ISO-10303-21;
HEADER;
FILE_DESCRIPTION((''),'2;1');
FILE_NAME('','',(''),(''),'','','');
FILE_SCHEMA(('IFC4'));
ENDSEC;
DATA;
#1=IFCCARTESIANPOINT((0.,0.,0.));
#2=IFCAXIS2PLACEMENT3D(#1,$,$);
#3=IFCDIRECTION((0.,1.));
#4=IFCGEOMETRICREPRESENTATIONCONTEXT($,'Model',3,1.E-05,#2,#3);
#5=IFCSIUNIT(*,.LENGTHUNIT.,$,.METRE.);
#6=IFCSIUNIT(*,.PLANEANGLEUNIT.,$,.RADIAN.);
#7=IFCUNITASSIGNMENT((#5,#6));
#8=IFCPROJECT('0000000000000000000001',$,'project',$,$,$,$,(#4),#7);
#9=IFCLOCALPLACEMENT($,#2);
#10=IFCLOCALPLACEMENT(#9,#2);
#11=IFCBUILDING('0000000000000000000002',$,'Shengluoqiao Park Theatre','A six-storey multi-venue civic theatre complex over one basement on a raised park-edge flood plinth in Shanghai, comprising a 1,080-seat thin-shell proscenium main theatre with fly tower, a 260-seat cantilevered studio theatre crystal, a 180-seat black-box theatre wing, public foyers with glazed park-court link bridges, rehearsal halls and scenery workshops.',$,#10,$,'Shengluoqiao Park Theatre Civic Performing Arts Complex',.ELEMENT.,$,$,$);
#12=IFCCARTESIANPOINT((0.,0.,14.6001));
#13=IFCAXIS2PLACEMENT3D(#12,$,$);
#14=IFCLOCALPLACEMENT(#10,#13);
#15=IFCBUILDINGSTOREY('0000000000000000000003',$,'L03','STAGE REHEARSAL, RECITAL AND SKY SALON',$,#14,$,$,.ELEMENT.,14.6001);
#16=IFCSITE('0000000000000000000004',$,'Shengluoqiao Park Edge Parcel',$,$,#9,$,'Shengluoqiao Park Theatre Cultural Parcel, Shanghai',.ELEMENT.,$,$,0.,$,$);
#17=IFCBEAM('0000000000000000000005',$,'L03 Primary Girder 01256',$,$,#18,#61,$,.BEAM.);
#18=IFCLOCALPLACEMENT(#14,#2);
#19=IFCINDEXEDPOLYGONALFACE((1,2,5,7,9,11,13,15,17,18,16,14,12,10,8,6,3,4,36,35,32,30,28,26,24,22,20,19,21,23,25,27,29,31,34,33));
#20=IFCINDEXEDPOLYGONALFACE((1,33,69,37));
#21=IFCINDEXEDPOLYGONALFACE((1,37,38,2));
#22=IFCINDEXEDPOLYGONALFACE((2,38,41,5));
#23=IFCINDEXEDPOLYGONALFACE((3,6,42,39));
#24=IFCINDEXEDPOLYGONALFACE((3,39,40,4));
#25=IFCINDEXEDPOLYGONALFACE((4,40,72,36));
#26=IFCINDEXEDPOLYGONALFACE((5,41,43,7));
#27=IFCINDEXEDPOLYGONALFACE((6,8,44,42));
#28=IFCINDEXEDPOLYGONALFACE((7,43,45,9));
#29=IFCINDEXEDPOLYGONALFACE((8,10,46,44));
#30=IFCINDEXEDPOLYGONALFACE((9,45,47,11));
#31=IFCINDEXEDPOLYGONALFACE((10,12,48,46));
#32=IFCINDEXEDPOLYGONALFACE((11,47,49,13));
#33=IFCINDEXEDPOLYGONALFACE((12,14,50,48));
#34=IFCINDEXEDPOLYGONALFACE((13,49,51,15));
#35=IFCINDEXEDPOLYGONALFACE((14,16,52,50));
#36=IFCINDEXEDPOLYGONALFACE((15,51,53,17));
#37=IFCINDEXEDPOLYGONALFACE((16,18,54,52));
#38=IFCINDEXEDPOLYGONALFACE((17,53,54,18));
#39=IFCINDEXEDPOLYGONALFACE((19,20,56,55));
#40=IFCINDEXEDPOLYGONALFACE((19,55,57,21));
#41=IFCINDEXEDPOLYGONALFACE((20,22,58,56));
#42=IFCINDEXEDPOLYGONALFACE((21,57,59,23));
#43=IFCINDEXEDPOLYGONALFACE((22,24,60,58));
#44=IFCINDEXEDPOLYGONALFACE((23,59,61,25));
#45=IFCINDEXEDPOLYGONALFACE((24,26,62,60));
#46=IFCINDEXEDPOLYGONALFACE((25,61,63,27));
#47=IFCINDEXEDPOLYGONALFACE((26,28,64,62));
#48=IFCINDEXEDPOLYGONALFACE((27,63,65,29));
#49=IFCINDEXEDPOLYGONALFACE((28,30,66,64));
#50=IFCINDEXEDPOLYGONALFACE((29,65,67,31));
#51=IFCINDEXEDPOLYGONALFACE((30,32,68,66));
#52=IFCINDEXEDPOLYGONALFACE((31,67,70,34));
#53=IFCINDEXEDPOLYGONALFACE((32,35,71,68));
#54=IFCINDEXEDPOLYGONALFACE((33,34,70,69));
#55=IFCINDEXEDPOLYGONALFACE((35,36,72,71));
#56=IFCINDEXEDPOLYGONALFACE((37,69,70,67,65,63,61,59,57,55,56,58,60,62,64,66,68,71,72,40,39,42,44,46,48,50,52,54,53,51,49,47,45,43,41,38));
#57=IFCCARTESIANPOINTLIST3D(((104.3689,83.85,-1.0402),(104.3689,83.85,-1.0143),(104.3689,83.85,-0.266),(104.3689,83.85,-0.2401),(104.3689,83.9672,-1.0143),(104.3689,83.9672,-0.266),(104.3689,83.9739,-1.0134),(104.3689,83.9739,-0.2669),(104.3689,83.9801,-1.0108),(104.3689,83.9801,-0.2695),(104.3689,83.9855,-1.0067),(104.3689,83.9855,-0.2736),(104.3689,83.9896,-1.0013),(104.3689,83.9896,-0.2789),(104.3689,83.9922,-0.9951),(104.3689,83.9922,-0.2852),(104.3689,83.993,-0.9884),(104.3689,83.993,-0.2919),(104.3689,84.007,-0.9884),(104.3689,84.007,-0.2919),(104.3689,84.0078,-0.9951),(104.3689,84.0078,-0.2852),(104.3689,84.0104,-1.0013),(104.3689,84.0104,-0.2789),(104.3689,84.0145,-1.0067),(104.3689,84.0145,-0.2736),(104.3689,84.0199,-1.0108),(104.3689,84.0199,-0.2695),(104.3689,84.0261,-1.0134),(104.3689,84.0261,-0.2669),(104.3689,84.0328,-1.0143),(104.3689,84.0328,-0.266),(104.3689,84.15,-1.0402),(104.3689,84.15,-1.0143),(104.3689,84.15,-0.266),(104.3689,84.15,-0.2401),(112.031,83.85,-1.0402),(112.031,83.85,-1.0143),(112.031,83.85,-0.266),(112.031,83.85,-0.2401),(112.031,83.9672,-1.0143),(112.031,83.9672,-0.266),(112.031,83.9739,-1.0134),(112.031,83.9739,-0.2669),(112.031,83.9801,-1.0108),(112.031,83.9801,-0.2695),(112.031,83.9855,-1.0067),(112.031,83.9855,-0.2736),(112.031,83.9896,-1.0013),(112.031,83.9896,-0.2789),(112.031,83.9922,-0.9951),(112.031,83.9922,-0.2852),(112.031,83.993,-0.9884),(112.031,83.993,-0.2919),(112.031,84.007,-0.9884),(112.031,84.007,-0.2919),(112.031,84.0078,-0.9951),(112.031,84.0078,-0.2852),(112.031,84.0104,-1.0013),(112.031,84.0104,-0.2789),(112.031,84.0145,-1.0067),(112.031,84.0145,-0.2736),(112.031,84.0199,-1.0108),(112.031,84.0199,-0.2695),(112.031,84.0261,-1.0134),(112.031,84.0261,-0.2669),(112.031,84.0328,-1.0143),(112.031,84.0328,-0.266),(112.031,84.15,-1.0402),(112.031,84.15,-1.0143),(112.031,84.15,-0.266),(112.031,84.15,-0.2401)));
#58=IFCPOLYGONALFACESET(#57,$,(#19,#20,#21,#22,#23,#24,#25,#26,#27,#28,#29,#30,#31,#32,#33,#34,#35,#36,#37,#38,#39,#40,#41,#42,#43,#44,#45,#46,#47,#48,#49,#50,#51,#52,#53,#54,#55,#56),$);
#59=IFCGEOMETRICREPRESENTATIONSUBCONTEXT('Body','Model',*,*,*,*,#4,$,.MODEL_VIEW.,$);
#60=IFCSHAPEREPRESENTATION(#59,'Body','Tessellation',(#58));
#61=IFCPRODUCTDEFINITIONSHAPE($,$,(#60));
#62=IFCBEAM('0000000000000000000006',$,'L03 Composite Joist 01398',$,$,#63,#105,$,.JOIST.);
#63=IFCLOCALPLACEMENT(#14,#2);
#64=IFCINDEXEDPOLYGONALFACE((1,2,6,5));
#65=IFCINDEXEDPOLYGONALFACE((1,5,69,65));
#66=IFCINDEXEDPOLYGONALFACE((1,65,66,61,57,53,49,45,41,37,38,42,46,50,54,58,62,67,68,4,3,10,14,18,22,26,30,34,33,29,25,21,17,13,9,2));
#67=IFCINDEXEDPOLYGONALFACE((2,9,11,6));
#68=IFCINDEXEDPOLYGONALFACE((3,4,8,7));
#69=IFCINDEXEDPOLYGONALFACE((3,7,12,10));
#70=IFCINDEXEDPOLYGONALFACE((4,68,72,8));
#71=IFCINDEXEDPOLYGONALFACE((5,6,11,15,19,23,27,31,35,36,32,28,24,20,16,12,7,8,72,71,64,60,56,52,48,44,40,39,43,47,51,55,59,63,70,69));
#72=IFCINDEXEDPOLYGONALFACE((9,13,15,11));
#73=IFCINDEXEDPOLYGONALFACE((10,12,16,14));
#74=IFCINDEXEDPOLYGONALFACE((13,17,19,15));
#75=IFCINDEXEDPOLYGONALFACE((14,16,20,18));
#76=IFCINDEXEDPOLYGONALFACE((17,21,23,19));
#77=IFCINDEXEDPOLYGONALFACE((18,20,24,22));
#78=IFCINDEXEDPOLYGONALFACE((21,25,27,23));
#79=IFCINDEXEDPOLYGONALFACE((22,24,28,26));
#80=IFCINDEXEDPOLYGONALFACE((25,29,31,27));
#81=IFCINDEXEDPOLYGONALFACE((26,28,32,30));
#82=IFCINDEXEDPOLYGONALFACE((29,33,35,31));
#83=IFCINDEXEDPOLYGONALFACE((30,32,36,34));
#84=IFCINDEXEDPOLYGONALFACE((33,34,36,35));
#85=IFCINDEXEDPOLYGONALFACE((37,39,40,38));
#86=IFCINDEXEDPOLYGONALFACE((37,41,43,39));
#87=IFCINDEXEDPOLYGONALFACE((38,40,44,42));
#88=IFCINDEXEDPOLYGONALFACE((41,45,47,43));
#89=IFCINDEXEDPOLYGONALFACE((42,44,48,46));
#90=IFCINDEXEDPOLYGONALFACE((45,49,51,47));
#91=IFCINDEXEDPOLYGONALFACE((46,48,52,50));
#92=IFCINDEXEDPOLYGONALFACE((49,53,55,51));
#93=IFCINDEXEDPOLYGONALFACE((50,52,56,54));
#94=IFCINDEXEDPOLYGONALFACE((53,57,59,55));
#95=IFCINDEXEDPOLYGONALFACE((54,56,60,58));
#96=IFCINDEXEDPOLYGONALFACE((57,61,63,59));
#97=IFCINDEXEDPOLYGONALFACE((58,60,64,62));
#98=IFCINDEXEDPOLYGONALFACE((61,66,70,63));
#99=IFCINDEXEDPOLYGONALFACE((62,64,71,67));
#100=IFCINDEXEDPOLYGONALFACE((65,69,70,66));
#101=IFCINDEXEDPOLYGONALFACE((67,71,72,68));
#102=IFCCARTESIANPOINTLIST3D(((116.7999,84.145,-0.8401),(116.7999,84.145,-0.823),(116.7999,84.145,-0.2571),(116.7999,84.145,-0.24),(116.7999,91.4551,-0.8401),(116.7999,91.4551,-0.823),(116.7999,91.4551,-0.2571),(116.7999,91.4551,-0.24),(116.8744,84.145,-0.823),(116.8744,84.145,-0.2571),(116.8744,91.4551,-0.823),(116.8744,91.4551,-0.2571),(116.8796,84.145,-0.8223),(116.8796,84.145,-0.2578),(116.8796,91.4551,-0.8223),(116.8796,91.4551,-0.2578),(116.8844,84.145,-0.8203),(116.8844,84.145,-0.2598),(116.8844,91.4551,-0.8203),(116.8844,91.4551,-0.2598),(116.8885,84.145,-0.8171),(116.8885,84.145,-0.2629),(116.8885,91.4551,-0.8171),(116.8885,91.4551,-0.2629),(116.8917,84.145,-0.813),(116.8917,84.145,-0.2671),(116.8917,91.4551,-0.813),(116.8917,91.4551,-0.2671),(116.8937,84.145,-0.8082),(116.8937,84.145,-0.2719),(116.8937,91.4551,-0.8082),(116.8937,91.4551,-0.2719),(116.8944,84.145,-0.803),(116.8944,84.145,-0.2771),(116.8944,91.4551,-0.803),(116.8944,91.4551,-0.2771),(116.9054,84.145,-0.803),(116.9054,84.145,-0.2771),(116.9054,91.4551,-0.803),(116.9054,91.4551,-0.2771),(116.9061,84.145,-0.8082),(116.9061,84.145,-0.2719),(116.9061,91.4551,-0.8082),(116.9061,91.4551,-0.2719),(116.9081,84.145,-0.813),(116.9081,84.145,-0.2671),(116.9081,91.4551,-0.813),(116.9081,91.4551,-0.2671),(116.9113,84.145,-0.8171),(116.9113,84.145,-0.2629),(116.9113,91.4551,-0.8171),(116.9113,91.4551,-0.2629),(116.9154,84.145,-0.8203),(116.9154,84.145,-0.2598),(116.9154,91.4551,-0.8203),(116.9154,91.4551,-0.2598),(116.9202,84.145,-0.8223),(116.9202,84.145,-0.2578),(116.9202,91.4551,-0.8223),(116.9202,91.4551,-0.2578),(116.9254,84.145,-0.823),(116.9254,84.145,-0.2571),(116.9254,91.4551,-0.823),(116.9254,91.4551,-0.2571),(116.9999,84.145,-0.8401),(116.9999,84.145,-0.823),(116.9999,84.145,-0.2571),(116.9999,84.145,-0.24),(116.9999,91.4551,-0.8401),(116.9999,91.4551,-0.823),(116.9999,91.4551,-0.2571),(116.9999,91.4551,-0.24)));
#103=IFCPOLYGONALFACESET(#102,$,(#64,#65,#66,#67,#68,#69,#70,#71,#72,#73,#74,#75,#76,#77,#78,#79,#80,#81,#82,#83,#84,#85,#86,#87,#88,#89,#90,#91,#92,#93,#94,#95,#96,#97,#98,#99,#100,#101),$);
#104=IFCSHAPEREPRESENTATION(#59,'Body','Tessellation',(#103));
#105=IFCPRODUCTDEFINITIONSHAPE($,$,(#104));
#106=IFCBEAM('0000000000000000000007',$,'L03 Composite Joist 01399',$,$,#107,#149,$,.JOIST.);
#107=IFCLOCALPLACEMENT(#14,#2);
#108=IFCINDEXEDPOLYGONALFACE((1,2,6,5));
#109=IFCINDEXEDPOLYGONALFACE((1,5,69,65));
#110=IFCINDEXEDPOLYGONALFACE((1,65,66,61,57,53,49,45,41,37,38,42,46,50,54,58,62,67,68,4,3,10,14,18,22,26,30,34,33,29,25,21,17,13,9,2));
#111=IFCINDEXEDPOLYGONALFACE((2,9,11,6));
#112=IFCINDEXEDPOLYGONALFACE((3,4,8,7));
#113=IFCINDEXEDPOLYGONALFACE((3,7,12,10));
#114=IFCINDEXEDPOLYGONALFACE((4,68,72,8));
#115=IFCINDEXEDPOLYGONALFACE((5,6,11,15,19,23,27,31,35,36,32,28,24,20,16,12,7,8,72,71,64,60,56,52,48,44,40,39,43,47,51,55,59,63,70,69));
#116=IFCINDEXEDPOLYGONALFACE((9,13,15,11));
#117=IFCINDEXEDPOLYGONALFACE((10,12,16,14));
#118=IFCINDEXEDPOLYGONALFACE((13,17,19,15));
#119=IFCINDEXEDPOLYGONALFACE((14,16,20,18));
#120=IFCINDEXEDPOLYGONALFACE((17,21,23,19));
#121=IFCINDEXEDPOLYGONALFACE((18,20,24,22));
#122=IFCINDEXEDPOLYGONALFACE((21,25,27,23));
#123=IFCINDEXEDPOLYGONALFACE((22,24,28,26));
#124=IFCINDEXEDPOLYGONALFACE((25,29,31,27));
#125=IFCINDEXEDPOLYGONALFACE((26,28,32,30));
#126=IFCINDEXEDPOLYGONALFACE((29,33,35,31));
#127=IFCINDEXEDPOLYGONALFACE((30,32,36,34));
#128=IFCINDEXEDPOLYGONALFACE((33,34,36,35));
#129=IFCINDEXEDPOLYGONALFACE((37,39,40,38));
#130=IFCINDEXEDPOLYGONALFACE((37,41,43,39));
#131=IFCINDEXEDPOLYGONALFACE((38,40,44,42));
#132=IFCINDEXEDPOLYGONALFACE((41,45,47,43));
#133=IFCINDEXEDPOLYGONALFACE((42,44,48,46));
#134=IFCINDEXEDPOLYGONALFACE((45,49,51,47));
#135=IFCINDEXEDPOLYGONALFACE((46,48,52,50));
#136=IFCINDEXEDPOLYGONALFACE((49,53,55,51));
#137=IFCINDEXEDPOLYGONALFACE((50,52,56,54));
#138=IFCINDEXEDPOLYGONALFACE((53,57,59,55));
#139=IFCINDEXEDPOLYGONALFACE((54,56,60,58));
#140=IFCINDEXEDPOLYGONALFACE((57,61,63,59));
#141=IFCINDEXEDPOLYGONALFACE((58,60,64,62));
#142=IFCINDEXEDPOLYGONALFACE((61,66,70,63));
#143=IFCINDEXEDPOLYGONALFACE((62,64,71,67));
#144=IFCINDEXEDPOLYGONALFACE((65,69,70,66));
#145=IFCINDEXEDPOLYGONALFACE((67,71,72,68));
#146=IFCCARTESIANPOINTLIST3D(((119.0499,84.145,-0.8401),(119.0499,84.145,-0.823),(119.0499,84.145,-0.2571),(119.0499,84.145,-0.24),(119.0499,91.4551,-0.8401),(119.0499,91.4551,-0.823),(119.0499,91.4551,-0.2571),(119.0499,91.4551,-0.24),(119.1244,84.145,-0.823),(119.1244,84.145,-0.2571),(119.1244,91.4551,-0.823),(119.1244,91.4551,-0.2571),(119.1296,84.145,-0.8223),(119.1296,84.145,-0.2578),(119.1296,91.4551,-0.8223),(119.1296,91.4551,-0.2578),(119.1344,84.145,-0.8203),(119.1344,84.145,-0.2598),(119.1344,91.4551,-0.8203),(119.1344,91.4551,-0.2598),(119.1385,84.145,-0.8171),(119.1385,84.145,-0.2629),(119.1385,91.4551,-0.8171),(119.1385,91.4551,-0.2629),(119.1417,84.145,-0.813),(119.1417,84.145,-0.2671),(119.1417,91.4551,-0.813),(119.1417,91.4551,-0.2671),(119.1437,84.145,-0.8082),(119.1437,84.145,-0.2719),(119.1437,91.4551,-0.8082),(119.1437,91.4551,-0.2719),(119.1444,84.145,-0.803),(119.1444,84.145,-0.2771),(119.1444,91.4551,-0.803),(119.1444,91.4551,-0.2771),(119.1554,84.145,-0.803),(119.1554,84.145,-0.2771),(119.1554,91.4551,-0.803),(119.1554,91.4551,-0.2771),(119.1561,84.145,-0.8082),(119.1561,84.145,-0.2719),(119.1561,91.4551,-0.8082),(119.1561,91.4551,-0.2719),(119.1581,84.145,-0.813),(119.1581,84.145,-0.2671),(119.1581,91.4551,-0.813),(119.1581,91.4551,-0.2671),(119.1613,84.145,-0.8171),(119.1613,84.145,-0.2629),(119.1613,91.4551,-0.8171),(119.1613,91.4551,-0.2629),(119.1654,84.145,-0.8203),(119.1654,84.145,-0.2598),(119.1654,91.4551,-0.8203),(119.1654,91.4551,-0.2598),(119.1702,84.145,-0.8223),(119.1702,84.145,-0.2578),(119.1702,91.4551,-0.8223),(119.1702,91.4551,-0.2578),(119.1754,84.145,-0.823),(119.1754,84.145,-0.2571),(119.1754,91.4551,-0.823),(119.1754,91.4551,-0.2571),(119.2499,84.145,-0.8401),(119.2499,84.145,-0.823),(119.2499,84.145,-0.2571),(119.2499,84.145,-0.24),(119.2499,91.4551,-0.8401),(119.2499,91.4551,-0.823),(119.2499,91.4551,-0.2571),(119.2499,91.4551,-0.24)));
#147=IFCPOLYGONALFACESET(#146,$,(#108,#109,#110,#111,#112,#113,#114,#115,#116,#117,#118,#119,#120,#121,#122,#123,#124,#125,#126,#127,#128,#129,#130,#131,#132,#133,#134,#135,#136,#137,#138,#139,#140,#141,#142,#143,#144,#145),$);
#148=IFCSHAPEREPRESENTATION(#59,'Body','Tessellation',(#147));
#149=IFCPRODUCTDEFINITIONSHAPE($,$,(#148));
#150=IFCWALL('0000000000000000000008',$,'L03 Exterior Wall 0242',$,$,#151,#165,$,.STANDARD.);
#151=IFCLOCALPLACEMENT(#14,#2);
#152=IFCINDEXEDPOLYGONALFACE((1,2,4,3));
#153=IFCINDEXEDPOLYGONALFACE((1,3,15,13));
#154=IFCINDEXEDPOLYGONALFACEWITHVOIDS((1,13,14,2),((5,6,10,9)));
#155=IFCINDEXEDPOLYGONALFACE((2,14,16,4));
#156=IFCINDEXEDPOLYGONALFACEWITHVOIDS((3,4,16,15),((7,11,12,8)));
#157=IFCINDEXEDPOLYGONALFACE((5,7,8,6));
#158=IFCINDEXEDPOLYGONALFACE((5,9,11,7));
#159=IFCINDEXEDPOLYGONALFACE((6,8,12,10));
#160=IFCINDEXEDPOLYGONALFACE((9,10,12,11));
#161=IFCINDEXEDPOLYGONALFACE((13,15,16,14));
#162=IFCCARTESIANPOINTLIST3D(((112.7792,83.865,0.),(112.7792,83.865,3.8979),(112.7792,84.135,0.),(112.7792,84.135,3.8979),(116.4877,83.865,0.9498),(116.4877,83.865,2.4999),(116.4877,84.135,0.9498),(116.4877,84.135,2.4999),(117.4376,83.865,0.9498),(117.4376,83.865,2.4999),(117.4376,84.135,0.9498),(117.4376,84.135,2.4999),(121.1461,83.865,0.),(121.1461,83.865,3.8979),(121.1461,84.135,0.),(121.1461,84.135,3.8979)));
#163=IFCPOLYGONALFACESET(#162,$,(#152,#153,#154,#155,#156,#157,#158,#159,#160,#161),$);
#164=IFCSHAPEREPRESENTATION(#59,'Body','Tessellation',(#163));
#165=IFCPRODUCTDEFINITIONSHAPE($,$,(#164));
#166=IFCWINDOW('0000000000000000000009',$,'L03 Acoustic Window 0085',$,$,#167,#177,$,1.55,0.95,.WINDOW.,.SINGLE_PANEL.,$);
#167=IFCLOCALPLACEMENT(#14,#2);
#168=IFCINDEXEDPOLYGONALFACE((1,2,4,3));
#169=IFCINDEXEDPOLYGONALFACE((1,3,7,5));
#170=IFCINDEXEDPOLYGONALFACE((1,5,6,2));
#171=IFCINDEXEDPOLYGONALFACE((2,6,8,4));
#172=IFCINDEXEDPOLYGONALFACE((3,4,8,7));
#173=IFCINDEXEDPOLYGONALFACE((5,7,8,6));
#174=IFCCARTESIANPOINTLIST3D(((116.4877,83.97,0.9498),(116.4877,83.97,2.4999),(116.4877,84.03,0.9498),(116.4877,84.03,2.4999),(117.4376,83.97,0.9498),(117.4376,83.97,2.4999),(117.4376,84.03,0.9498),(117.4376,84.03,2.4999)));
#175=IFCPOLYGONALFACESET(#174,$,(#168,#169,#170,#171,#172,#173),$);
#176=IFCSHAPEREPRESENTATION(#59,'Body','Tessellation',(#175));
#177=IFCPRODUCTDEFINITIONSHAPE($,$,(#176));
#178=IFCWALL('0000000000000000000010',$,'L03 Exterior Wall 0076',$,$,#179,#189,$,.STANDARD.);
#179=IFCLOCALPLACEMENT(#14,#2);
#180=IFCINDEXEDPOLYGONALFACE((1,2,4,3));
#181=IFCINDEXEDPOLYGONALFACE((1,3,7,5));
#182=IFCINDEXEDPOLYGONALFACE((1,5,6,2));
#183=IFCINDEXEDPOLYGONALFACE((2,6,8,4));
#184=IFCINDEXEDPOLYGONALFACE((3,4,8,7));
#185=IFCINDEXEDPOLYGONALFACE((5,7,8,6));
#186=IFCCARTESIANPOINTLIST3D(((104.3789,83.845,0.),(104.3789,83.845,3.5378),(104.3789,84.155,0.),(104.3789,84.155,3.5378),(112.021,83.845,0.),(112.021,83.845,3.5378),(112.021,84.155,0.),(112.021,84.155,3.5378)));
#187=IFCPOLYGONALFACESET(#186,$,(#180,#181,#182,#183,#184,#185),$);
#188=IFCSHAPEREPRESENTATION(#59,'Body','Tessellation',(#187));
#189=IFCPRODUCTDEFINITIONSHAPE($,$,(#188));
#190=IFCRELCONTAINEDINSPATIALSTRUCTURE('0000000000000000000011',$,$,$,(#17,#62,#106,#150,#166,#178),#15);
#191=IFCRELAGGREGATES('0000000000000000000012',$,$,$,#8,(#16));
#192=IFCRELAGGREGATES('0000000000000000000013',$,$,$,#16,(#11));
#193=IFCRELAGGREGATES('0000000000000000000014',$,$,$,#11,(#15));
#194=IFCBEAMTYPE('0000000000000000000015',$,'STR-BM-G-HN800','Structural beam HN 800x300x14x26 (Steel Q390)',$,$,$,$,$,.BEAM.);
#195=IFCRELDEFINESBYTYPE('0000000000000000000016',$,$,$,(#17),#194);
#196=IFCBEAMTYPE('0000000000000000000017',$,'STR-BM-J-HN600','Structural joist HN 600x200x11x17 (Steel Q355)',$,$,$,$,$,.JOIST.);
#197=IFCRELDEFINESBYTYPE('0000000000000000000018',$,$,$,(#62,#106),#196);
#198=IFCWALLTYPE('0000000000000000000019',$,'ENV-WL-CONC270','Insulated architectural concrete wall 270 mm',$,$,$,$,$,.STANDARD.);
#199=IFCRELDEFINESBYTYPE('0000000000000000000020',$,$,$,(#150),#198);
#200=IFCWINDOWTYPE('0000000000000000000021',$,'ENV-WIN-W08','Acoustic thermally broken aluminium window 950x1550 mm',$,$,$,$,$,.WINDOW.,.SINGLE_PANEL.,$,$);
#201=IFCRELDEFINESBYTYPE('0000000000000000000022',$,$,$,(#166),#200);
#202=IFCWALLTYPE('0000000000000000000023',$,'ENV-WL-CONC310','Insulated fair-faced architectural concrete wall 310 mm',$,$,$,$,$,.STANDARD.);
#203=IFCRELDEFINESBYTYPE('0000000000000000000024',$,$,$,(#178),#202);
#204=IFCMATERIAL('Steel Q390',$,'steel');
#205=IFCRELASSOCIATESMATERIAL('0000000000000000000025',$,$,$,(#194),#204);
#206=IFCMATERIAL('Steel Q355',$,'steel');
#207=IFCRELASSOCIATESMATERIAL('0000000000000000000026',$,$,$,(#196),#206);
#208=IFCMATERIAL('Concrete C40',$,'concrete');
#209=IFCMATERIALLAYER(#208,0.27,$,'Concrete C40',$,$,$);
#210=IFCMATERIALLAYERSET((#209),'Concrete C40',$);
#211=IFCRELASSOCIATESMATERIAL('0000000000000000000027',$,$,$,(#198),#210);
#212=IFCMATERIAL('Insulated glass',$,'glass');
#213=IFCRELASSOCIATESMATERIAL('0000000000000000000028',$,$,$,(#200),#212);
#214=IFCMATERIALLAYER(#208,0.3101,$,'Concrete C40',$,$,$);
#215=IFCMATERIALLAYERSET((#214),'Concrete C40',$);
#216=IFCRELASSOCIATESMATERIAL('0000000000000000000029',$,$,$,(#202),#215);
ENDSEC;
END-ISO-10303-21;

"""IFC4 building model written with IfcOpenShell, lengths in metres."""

from ifc_helpers import new_model, si_unit, direction, frame, frame_2d, origin, origin_2d, place, context, subcontext, project, spatial, rectangle, i_section, extrude, material, layer, layer_set, material_profile, profile_set, type_object, element, fill, save


model = new_model("IFC4")

# Units and contexts
model_context = context("Model", 3, precision=1e-05, world=origin(), true_north=direction((0.0, 1.0)))
body_context = subcontext(model_context, "Body", "Model", "MODEL_VIEW")
ifc_project = project(units=[si_unit("LENGTHUNIT", "METRE"), si_unit("PLANEANGLEUNIT", "RADIAN")], contexts=[model_context])

# Site, building, storey
site_placement = place(None, origin())
site = spatial("IfcSite", under=ifc_project, at=site_placement, Name="Shengluoqiao Park Edge Parcel", LongName="Shengluoqiao Park Theatre Cultural Parcel, Shanghai", CompositionType="ELEMENT", RefElevation=0.0)
building_placement = place(site_placement, origin())
building = spatial("IfcBuilding", under=site, at=building_placement, Name="Shengluoqiao Park Theatre", Description="A six-storey multi-venue civic theatre complex over one basement on a raised park-edge flood plinth in Shanghai, comprising a 1,080-seat thin-shell proscenium main theatre with fly tower, a 260-seat cantilevered studio theatre crystal, a 180-seat black-box theatre wing, public foyers with glazed park-court link bridges, rehearsal halls and scenery workshops.", LongName="Shengluoqiao Park Theatre Civic Performing Arts Complex", CompositionType="ELEMENT")
storey_placement = place(building_placement, frame((0.0, 0.0, 14.6001)))
storey = spatial("IfcBuildingStorey", under=building, at=storey_placement, Name="L03", Description="STAGE REHEARSAL, RECITAL AND SKY SALON", CompositionType="ELEMENT", Elevation=14.6001)

# Shared definitions
ifc_material_1 = material(Name="Concrete C40", Category="concrete")

# Beams
ifc_material_2 = material(Name="Steel Q355", Category="steel")
ifc_material_3 = material(Name="Steel Q390", Category="steel")
ifc_material_profile_1 = material_profile(ifc_material_3, i_section(OverallWidth=0.3, OverallDepth=0.8, WebThickness=0.0139, FlangeThickness=0.0259, FilletRadius=0.0259, at=origin_2d()), Name="HN 800x300x14x26")
ifc_profile_set_1 = profile_set([ifc_material_profile_1], Name="Steel Q390")
beam_type_1 = type_object("IfcBeamType", Name="STR-BM-G-HN800", Description="Structural beam HN 800x300x14x26 (Steel Q390)", PredefinedType="BEAM", material=ifc_profile_set_1)
beam_1_placement = place(storey_placement, frame((104.3689, 84.0, -0.6401), z_axis=(1.0, 0.0, 0.0), x_axis=(0.0, 1.0, 0.0)))
element("IfcBeam", 1, at=beam_1_placement, inside=storey, type_object=beam_type_1, Name="L03 Primary Girder 01256", PredefinedType="BEAM", context=body_context, shape_type="SweptSolid", body=[
    extrude(i_section(OverallWidth=0.3, OverallDepth=0.8, WebThickness=0.0139, FlangeThickness=0.0259, FilletRadius=0.0259, at=origin_2d()), origin(), (0.0, 0.0, 1.0), 7.6621),
])
ifc_material_profile_2 = material_profile(ifc_material_2, i_section(OverallWidth=0.2, OverallDepth=0.6001, WebThickness=0.011, FlangeThickness=0.0171, FilletRadius=0.02, at=origin_2d()), Name="HN 600x200x11x17")
ifc_profile_set_2 = profile_set([ifc_material_profile_2], Name="Steel Q355")
beam_type_2 = type_object("IfcBeamType", Name="STR-BM-J-HN600", Description="Structural joist HN 600x200x11x17 (Steel Q355)", PredefinedType="JOIST", material=ifc_profile_set_2)
for number, where, z_axis, x_axis, name in (
    (2, (116.8999, 84.145, -0.54), (0.0, 1.0, 0.0), (-1.0, 0.0, 0.0), "L03 Composite Joist 01398"),
    (3, (119.1499, 84.145, -0.54), (0.0, 1.0, 0.0), (-1.0, 0.0, 0.0), "L03 Composite Joist 01399"),
):
    element("IfcBeam", number, at=place(storey_placement, frame(where, z_axis=z_axis, x_axis=x_axis)), inside=storey, type_object=beam_type_2, Name=name, PredefinedType="JOIST", context=body_context, shape_type="SweptSolid", body=[
        extrude(i_section(OverallWidth=0.2, OverallDepth=0.6001, WebThickness=0.011, FlangeThickness=0.0171, FilletRadius=0.02, at=origin_2d()), origin(), (0.0, 0.0, 1.0), 7.3101),
    ])

# Wall, opening, window
ifc_layer_1 = layer(ifc_material_1, 0.27, Name="Concrete C40")
ifc_layer_set_1 = layer_set([ifc_layer_1], Name="Concrete C40")
wall_type_1 = type_object("IfcWallType", Name="ENV-WL-CONC270", Description="Insulated architectural concrete wall 270 mm", PredefinedType="STANDARD", material=ifc_layer_set_1)
wall_1_placement = place(storey_placement, frame((112.7791, 84.0, 0.0), z_axis=(0.0, 0.0, 1.0), x_axis=(1.0, 0.0, 0.0)))
wall_1 = element("IfcWall", 4, at=wall_1_placement, inside=storey, type_object=wall_type_1, Name="L03 Exterior Wall 0242", PredefinedType="STANDARD", context=body_context, shape_type="SweptSolid", body=[
    extrude(rectangle(XDim=8.3669, YDim=0.27, at=frame_2d((4.1836, 0.0))), origin(), (0.0, 0.0, 1.0), 3.8979),
])
opening_1_placement = place(wall_1_placement, frame((3.7085, 0.0, 0.95)))
opening_1 = element("IfcOpeningElement", 5, at=opening_1_placement, cuts=wall_1, PredefinedType="OPENING", context=body_context, shape_type="SweptSolid", body=[
    extrude(rectangle(XDim=0.95, YDim=1.55, at=frame_2d((0.4751, 0.7749))), frame((0.0, 0.145, 0.0), z_axis=(0.0, -1.0, 0.0), x_axis=(1.0, 0.0, 0.0)), (0.0, 0.0, 1.0), 0.29),
])
ifc_material_4 = material(Name="Insulated glass", Category="glass")
window_type = type_object("IfcWindowType", Name="ENV-WIN-W08", Description="Acoustic thermally broken aluminium window 950x1550 mm", PartitioningType="SINGLE_PANEL", PredefinedType="WINDOW", material=ifc_material_4)
window_placement = place(opening_1_placement, origin())
window = element("IfcWindow", 6, at=window_placement, inside=storey, type_object=window_type, Name="L03 Acoustic Window 0085", OverallHeight=1.55, OverallWidth=0.95, PartitioningType="SINGLE_PANEL", PredefinedType="WINDOW", context=body_context, shape_type="SweptSolid", body=[
    extrude(rectangle(XDim=0.95, YDim=1.55, at=frame_2d((0.4751, 0.7749))), frame((0.0, 0.03, 0.0), z_axis=(0.0, -1.0, 0.0), x_axis=(1.0, 0.0, 0.0)), (0.0, 0.0, 1.0), 0.0601),
])
fill(opening_1, window)

# Wall
ifc_layer_2 = layer(ifc_material_1, 0.3101, Name="Concrete C40")
ifc_layer_set_2 = layer_set([ifc_layer_2], Name="Concrete C40")
wall_type_2 = type_object("IfcWallType", Name="ENV-WL-CONC310", Description="Insulated fair-faced architectural concrete wall 310 mm", PredefinedType="STANDARD", material=ifc_layer_set_2)
wall_2_placement = place(storey_placement, frame((104.3789, 84.0, 0.0), z_axis=(0.0, 0.0, 1.0), x_axis=(1.0, 0.0, 0.0)))
element("IfcWall", 7, at=wall_2_placement, inside=storey, type_object=wall_type_2, Name="L03 Exterior Wall 0076", PredefinedType="STANDARD", context=body_context, shape_type="SweptSolid", body=[
    extrude(rectangle(XDim=7.6421, YDim=0.3101, at=frame_2d((3.821, 0.0))), origin(), (0.0, 0.0, 1.0), 3.5378),
])

save(model, "model.ifc")
